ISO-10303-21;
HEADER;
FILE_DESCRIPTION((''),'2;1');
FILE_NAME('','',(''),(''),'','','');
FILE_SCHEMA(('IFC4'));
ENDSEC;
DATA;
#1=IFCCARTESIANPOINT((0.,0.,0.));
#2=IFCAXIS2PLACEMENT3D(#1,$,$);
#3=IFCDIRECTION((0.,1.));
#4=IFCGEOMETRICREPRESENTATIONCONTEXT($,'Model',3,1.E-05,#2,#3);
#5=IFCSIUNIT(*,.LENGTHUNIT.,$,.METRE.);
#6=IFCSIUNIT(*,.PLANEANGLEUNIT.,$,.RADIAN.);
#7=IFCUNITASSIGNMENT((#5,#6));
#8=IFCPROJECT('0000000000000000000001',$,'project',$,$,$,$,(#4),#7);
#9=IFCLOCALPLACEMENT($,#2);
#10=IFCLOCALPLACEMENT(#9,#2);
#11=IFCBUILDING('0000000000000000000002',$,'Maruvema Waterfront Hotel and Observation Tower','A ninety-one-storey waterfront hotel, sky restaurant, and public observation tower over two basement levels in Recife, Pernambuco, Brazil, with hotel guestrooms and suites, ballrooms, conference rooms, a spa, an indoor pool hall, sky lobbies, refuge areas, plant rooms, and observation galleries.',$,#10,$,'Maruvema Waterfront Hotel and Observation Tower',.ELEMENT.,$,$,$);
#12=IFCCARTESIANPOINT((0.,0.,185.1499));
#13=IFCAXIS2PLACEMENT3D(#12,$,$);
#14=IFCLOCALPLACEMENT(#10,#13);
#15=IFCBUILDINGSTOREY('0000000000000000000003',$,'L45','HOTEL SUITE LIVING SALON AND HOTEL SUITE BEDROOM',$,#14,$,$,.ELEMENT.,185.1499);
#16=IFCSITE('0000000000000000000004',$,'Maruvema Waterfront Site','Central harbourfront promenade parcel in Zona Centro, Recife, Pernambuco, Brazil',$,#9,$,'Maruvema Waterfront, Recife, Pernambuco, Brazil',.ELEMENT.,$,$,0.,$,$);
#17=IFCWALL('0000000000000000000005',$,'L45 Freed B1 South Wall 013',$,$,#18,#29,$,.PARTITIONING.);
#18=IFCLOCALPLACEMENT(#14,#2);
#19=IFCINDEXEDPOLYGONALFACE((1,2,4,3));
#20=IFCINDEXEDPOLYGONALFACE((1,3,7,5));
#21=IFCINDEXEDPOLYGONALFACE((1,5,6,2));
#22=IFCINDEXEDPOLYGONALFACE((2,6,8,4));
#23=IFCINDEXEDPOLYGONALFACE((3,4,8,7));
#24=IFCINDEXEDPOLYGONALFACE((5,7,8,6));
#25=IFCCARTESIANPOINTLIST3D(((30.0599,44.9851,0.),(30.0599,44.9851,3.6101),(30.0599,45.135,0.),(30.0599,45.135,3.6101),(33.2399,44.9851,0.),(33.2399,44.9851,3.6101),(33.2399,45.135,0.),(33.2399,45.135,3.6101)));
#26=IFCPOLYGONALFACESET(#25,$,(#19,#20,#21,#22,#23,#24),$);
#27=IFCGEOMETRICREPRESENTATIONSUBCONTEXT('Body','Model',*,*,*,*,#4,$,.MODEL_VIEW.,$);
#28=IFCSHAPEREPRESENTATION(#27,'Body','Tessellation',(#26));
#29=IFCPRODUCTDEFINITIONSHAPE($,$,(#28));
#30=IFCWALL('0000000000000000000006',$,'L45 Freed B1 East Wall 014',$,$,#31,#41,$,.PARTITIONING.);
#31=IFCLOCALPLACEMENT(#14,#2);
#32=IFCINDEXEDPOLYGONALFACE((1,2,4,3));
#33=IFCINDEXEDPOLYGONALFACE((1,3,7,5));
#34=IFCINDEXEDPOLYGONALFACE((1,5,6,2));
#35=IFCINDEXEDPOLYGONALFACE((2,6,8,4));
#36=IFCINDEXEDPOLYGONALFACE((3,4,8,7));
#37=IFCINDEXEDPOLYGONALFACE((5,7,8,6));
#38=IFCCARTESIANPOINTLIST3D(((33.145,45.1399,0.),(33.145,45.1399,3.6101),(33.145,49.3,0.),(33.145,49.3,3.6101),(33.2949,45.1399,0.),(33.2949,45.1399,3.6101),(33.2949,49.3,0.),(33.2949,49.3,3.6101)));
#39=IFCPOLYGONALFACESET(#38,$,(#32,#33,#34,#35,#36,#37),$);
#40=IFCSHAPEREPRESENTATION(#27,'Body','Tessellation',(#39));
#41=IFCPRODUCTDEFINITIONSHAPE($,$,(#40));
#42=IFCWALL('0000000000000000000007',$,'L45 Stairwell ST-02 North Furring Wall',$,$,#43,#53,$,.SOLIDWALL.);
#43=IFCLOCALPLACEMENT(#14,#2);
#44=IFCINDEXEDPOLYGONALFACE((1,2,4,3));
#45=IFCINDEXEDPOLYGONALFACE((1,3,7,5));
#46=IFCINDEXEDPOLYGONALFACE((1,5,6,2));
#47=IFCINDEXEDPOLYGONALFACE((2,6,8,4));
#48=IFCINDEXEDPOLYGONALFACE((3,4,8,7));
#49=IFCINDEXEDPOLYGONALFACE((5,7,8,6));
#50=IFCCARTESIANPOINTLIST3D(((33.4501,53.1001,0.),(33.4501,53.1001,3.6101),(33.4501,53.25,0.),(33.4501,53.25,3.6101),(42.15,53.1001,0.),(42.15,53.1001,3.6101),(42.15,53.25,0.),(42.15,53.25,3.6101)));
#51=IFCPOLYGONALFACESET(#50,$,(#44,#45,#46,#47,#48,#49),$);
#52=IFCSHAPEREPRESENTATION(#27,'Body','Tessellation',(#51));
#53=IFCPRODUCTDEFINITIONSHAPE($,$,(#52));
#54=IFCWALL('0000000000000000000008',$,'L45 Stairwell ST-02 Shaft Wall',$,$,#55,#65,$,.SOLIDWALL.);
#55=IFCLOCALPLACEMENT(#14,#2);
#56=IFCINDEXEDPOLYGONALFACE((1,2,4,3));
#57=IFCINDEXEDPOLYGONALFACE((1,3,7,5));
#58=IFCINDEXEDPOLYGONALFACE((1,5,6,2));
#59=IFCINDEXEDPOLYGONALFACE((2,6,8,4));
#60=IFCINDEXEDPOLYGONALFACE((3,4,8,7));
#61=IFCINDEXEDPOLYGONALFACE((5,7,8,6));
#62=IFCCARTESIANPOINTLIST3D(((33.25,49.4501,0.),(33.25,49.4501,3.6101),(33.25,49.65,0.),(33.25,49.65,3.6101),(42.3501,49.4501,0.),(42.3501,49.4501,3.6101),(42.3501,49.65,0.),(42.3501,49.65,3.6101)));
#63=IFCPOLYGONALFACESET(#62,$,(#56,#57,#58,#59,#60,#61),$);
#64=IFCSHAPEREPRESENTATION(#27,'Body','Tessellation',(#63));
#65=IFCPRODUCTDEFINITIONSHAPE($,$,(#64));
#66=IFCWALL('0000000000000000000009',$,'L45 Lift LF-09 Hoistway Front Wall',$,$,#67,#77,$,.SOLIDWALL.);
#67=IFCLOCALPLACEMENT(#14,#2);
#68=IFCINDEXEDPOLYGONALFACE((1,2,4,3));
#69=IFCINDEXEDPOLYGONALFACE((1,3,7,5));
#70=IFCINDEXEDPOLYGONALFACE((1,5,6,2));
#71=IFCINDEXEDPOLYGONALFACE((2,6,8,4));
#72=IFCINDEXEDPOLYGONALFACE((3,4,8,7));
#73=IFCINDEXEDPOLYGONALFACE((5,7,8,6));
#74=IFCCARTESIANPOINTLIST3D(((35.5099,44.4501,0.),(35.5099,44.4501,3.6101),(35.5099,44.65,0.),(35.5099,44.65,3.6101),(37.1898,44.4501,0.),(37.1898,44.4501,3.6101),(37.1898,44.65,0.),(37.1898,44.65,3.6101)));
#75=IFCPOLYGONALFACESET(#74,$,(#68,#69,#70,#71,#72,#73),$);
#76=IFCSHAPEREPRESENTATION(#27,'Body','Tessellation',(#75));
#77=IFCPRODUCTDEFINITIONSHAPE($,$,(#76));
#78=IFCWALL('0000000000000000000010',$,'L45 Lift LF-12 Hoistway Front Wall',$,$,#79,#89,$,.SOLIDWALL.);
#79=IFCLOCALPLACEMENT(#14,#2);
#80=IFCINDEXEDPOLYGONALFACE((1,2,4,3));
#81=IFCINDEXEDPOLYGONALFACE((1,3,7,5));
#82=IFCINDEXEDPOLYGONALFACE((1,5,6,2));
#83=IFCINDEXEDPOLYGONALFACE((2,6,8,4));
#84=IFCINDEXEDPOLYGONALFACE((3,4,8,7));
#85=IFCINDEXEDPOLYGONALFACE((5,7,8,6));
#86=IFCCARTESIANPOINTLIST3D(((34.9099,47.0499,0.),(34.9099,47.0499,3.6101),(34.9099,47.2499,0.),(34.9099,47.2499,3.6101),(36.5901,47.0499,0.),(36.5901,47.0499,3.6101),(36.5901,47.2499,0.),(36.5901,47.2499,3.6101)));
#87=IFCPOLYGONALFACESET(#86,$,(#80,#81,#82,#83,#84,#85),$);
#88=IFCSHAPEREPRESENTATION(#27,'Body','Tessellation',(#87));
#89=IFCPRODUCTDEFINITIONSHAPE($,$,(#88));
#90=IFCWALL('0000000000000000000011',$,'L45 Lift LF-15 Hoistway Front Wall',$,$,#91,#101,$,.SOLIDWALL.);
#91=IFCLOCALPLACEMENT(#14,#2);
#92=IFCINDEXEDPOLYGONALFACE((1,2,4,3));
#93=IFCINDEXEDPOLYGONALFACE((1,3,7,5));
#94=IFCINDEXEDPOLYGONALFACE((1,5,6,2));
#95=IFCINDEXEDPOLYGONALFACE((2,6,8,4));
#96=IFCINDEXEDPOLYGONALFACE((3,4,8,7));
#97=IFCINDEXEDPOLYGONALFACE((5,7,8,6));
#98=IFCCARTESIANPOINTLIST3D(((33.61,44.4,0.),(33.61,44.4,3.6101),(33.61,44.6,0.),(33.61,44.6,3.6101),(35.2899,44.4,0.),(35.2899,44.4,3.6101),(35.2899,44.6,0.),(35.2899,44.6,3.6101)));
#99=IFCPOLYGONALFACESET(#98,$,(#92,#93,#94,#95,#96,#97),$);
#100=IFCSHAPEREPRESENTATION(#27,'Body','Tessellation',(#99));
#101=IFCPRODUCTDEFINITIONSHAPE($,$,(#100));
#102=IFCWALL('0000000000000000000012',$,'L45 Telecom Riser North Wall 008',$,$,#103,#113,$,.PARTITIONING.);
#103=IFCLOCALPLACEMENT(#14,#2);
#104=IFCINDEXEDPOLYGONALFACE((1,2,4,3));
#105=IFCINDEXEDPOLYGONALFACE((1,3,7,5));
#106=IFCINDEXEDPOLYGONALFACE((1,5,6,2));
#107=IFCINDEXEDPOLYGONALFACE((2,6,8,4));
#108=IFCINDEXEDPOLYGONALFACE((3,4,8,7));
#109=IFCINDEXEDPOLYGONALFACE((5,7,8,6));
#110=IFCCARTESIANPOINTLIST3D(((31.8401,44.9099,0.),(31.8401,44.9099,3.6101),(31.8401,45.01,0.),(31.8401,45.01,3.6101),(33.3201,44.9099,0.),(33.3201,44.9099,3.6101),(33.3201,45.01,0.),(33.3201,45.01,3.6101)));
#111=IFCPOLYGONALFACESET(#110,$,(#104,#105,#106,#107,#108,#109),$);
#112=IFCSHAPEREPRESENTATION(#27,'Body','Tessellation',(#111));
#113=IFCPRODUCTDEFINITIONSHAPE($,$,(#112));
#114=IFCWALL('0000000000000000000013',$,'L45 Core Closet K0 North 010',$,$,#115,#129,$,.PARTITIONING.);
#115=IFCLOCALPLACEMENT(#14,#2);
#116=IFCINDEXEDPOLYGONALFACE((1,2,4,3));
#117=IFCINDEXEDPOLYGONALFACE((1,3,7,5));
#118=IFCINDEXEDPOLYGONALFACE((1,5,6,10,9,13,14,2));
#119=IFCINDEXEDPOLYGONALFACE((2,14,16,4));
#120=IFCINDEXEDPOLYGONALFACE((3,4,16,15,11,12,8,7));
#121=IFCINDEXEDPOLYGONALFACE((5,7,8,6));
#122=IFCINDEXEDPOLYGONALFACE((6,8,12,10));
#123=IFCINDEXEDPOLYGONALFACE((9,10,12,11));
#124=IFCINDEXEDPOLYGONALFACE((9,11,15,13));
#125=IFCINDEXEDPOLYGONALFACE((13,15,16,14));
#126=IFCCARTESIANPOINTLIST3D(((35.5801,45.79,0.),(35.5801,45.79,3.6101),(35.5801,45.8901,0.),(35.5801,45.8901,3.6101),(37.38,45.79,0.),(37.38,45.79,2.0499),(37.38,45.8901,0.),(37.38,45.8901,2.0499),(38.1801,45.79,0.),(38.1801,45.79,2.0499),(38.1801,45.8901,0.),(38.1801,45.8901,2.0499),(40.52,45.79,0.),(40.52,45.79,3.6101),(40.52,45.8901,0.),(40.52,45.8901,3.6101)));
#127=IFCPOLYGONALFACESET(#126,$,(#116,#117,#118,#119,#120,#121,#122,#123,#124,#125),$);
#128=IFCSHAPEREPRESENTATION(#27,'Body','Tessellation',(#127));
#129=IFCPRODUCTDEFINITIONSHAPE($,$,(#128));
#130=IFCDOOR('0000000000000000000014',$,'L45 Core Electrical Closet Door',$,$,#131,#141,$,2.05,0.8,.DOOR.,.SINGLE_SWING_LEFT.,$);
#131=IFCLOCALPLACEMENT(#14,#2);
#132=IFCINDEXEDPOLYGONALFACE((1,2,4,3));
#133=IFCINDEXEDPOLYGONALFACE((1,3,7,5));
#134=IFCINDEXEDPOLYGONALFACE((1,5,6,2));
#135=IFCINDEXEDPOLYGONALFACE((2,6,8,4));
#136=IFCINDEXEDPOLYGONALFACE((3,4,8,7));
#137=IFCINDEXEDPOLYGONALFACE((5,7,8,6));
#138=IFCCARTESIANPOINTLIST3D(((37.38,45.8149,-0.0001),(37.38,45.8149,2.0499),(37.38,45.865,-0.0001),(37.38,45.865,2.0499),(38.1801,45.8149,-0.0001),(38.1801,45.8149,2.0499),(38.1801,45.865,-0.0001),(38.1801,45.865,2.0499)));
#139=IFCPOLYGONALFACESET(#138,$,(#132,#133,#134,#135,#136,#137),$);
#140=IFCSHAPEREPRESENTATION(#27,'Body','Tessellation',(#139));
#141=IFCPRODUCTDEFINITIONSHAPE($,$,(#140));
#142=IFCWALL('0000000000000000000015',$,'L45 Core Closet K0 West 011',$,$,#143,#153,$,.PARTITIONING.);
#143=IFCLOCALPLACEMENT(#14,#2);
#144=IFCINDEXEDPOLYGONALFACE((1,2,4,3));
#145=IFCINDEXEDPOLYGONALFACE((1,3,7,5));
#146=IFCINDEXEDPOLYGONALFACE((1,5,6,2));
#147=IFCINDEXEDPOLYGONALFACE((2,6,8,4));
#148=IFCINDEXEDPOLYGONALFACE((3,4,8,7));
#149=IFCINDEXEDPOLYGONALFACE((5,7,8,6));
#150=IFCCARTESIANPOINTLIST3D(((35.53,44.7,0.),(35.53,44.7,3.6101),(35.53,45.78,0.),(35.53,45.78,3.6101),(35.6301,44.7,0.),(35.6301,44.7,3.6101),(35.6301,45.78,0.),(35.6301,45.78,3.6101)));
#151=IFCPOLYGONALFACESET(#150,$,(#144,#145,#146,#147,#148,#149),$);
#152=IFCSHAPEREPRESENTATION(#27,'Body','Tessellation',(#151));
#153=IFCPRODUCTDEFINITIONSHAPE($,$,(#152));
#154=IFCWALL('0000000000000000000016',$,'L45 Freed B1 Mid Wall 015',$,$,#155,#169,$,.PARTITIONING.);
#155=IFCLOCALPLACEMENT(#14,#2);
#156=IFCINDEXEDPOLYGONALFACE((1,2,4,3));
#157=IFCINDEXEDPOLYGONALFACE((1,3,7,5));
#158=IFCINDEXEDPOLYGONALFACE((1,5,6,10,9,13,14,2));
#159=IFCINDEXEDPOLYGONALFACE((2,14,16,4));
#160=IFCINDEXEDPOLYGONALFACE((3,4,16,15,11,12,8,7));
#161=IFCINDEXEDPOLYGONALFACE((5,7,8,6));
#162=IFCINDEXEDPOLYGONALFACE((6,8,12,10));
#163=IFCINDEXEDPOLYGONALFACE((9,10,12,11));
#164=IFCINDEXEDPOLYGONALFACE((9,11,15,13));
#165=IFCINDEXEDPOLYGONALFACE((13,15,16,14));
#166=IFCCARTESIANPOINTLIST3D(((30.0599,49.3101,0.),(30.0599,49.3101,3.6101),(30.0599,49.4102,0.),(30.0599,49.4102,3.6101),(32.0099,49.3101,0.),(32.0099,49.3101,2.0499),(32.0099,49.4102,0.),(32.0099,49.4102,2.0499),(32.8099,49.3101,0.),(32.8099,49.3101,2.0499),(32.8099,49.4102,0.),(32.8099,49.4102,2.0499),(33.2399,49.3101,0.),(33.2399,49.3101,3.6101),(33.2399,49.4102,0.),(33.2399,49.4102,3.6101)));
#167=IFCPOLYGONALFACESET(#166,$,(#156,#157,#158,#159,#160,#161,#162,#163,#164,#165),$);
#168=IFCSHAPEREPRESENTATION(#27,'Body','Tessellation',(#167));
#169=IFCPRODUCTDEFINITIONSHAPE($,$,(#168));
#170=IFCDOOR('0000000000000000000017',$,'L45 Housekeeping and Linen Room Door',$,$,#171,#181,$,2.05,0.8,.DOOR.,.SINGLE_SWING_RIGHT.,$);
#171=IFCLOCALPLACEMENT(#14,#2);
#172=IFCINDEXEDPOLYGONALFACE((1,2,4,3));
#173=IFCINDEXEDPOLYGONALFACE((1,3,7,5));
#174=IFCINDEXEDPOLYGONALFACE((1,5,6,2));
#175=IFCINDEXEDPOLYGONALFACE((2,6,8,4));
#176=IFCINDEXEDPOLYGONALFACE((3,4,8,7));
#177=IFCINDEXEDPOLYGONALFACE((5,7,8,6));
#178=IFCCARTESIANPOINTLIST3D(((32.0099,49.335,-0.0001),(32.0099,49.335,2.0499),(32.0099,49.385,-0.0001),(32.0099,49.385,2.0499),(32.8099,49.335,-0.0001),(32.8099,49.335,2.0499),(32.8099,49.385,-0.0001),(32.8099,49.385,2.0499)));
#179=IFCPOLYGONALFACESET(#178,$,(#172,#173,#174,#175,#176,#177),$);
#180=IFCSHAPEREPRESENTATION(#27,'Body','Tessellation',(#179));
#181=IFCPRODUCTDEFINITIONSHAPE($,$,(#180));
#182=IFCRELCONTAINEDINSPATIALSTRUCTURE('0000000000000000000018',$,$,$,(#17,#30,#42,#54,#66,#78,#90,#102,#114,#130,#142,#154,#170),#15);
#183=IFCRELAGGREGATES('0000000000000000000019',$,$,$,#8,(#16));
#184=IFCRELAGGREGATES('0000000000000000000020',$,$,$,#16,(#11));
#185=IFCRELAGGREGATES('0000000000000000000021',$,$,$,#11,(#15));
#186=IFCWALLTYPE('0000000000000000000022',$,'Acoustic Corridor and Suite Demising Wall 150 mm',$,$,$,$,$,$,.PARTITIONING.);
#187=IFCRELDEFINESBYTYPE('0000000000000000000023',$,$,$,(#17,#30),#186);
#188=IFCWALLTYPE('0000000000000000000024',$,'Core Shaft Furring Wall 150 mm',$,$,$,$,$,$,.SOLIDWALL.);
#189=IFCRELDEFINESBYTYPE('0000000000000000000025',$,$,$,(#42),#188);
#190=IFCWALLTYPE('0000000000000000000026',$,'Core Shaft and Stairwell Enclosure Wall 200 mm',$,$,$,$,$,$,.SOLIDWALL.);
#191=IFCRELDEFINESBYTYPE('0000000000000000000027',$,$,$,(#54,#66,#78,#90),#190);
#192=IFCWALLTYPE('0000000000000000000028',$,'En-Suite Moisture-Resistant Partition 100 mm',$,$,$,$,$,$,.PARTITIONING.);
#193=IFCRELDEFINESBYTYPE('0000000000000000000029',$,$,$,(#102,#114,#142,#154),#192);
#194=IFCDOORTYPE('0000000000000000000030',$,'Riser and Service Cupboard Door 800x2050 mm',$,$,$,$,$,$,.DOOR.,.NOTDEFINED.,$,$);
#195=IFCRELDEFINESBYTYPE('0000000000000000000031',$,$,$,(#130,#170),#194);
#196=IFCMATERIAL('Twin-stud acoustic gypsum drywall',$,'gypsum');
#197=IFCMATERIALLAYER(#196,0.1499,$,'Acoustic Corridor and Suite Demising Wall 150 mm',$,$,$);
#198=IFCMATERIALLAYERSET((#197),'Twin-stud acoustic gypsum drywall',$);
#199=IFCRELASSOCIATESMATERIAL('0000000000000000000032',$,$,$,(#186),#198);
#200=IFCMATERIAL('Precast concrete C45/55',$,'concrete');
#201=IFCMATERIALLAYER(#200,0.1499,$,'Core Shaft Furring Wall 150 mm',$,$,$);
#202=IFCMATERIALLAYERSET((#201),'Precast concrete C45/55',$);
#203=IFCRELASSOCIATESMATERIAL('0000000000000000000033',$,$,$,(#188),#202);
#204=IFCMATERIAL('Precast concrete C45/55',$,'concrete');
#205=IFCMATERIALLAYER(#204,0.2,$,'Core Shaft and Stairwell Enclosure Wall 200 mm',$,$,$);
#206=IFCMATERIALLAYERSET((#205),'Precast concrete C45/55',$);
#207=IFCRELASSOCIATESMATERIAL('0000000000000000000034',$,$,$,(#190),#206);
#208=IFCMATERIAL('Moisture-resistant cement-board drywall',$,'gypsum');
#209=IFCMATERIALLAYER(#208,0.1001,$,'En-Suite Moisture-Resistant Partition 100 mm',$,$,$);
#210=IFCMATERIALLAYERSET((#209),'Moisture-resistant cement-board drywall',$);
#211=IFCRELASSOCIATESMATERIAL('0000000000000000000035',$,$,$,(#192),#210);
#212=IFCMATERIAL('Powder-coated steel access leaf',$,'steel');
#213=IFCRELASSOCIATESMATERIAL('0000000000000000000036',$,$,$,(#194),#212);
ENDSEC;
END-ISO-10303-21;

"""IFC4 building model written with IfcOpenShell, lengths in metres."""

from ifc_helpers import new_model, si_unit, direction, frame, frame_2d, origin, place, context, subcontext, project, spatial, rectangle, extrude, material, layer, layer_set, type_object, element, fill, save


model = new_model("IFC4")

# Units and contexts
model_context = context("Model", 3, precision=1e-05, world=origin(), true_north=direction((0.0, 1.0)))
body_context = subcontext(model_context, "Body", "Model", "MODEL_VIEW")
ifc_project = project(units=[si_unit("LENGTHUNIT", "METRE"), si_unit("PLANEANGLEUNIT", "RADIAN")], contexts=[model_context])

# Site, building, storey
site_placement = place(None, origin())
site = spatial("IfcSite", under=ifc_project, at=site_placement, Name="Maruvema Waterfront Site", Description="Central harbourfront promenade parcel in Zona Centro, Recife, Pernambuco, Brazil", LongName="Maruvema Waterfront, Recife, Pernambuco, Brazil", CompositionType="ELEMENT", RefElevation=0.0)
building_placement = place(site_placement, origin())
building = spatial("IfcBuilding", under=site, at=building_placement, Name="Maruvema Waterfront Hotel and Observation Tower", Description="A ninety-one-storey waterfront hotel, sky restaurant, and public observation tower over two basement levels in Recife, Pernambuco, Brazil, with hotel guestrooms and suites, ballrooms, conference rooms, a spa, an indoor pool hall, sky lobbies, refuge areas, plant rooms, and observation galleries.", LongName="Maruvema Waterfront Hotel and Observation Tower", CompositionType="ELEMENT")
storey_placement = place(building_placement, frame((0.0, 0.0, 185.1499)))
storey = spatial("IfcBuildingStorey", under=building, at=storey_placement, Name="L45", Description="HOTEL SUITE LIVING SALON AND HOTEL SUITE BEDROOM", CompositionType="ELEMENT", Elevation=185.1499)

# Walls
ifc_material_1 = material(Name="Twin-stud acoustic gypsum drywall", Category="gypsum")
ifc_layer_1 = layer(ifc_material_1, 0.1499, Name="Acoustic Corridor and Suite Demising Wall 150 mm")
ifc_layer_set_1 = layer_set([ifc_layer_1], Name="Twin-stud acoustic gypsum drywall")
wall_type_1 = type_object("IfcWallType", Name="Acoustic Corridor and Suite Demising Wall 150 mm", PredefinedType="PARTITIONING", material=ifc_layer_set_1)
wall_1_placement = place(storey_placement, frame((30.0601, 45.0601, 0.0), z_axis=(0.0, 0.0, 1.0), x_axis=(1.0, 0.0, 0.0)))
element("IfcWall", 1, at=wall_1_placement, inside=storey, type_object=wall_type_1, Name="L45 Freed B1 South Wall 013", PredefinedType="PARTITIONING", context=body_context, shape_type="SweptSolid", body=[
    extrude(rectangle(XDim=3.1799, YDim=0.1499, at=frame_2d((1.5898, 0.0))), origin(), (0.0, 0.0, 1.0), 3.6101),
])
wall_2_placement = place(storey_placement, frame((33.22, 45.1399, 0.0), z_axis=(0.0, 0.0, 1.0), x_axis=(0.0, 1.0, 0.0)))
element("IfcWall", 2, at=wall_2_placement, inside=storey, type_object=wall_type_1, Name="L45 Freed B1 East Wall 014", PredefinedType="PARTITIONING", context=body_context, shape_type="SweptSolid", body=[
    extrude(rectangle(XDim=4.1602, YDim=0.1499, at=frame_2d((2.0801, 0.0))), origin(), (0.0, 0.0, 1.0), 3.6101),
])
ifc_material_2 = material(Name="Precast concrete C45/55", Category="concrete")
ifc_layer_2 = layer(ifc_material_2, 0.1499, Name="Core Shaft Furring Wall 150 mm")
ifc_layer_set_2 = layer_set([ifc_layer_2], Name="Precast concrete C45/55")
wall_type_2 = type_object("IfcWallType", Name="Core Shaft Furring Wall 150 mm", PredefinedType="SOLIDWALL", material=ifc_layer_set_2)
wall_3_placement = place(storey_placement, frame((33.45, 53.175, 0.0), z_axis=(0.0, 0.0, 1.0), x_axis=(1.0, 0.0, 0.0)))
element("IfcWall", 3, at=wall_3_placement, inside=storey, type_object=wall_type_2, Name="L45 Stairwell ST-02 North Furring Wall", PredefinedType="SOLIDWALL", context=body_context, shape_type="SweptSolid", body=[
    extrude(rectangle(XDim=8.7, YDim=0.1499, at=frame_2d((4.3501, 0.0))), origin(), (0.0, 0.0, 1.0), 3.6101),
])
ifc_material_3 = material(Name="Precast concrete C45/55", Category="concrete")
ifc_layer_3 = layer(ifc_material_3, 0.2, Name="Core Shaft and Stairwell Enclosure Wall 200 mm")
ifc_layer_set_3 = layer_set([ifc_layer_3], Name="Precast concrete C45/55")
wall_type_3 = type_object("IfcWallType", Name="Core Shaft and Stairwell Enclosure Wall 200 mm", PredefinedType="SOLIDWALL", material=ifc_layer_set_3)
wall_4_placement = place(storey_placement, frame((33.25, 49.55, 0.0), z_axis=(0.0, 0.0, 1.0), x_axis=(1.0, 0.0, 0.0)))
element("IfcWall", 4, at=wall_4_placement, inside=storey, type_object=wall_type_3, Name="L45 Stairwell ST-02 Shaft Wall", PredefinedType="SOLIDWALL", context=body_context, shape_type="SweptSolid", body=[
    extrude(rectangle(XDim=9.1001, YDim=0.2, at=frame_2d((4.55, 0.0))), origin(), (0.0, 0.0, 1.0), 3.6101),
])

# Walls
wall_5_placement = place(storey_placement, frame((35.51, 44.55, 0.0), z_axis=(0.0, 0.0, 1.0), x_axis=(1.0, 0.0, 0.0)))
element("IfcWall", 5, at=wall_5_placement, inside=storey, type_object=wall_type_3, Name="L45 Lift LF-09 Hoistway Front Wall", PredefinedType="SOLIDWALL", context=body_context, shape_type="SweptSolid", body=[
    extrude(rectangle(XDim=1.6799, YDim=0.2, at=frame_2d((0.8398, 0.0))), origin(), (0.0, 0.0, 1.0), 3.6101),
])
wall_6_placement = place(storey_placement, frame((34.9099, 47.1499, 0.0), z_axis=(0.0, 0.0, 1.0), x_axis=(1.0, 0.0, 0.0)))
element("IfcWall", 6, at=wall_6_placement, inside=storey, type_object=wall_type_3, Name="L45 Lift LF-12 Hoistway Front Wall", PredefinedType="SOLIDWALL", context=body_context, shape_type="SweptSolid", body=[
    extrude(rectangle(XDim=1.6802, YDim=0.2, at=frame_2d((0.8401, 0.0))), origin(), (0.0, 0.0, 1.0), 3.6101),
])
wall_7_placement = place(storey_placement, frame((33.6101, 44.5, 0.0), z_axis=(0.0, 0.0, 1.0), x_axis=(1.0, 0.0, 0.0)))
element("IfcWall", 7, at=wall_7_placement, inside=storey, type_object=wall_type_3, Name="L45 Lift LF-15 Hoistway Front Wall", PredefinedType="SOLIDWALL", context=body_context, shape_type="SweptSolid", body=[
    extrude(rectangle(XDim=1.6799, YDim=0.2, at=frame_2d((0.8398, 0.0))), origin(), (0.0, 0.0, 1.0), 3.6101),
])
ifc_material_4 = material(Name="Moisture-resistant cement-board drywall", Category="gypsum")
ifc_layer_4 = layer(ifc_material_4, 0.1001, Name="En-Suite Moisture-Resistant Partition 100 mm")
ifc_layer_set_4 = layer_set([ifc_layer_4], Name="Moisture-resistant cement-board drywall")
wall_type_4 = type_object("IfcWallType", Name="En-Suite Moisture-Resistant Partition 100 mm", PredefinedType="PARTITIONING", material=ifc_layer_set_4)
wall_8_placement = place(storey_placement, frame((31.8401, 44.96, 0.0), z_axis=(0.0, 0.0, 1.0), x_axis=(1.0, 0.0, 0.0)))
element("IfcWall", 8, at=wall_8_placement, inside=storey, type_object=wall_type_4, Name="L45 Telecom Riser North Wall 008", PredefinedType="PARTITIONING", context=body_context, shape_type="SweptSolid", body=[
    extrude(rectangle(XDim=1.48, YDim=0.1001, at=frame_2d((0.74, 0.0))), origin(), (0.0, 0.0, 1.0), 3.6101),
])

# Wall, opening, door
wall_9_placement = place(storey_placement, frame((35.5801, 45.8401, 0.0), z_axis=(0.0, 0.0, 1.0), x_axis=(1.0, 0.0, 0.0)))
wall_9 = element("IfcWall", 9, at=wall_9_placement, inside=storey, type_object=wall_type_4, Name="L45 Core Closet K0 North 010", PredefinedType="PARTITIONING", context=body_context, shape_type="SweptSolid", body=[
    extrude(rectangle(XDim=4.9399, YDim=0.1001, at=frame_2d((2.47, 0.0))), origin(), (0.0, 0.0, 1.0), 3.6101),
])
opening_1_placement = place(wall_9_placement, frame((1.8, 0.0, 0.0)))
opening_1 = element("IfcOpeningElement", 10, at=opening_1_placement, cuts=wall_9, PredefinedType="OPENING", context=body_context, shape_type="SweptSolid", body=[
    extrude(rectangle(XDim=0.8, YDim=2.05, at=frame_2d((0.3999, 1.0249))), frame((0.0, 0.0601, 0.0), z_axis=(0.0, -1.0, 0.0), x_axis=(1.0, 0.0, 0.0)), (0.0, 0.0, 1.0), 0.1201),
])
ifc_material_5 = material(Name="Powder-coated steel access leaf", Category="steel")
door_type_1 = type_object("IfcDoorType", Name="Riser and Service Cupboard Door 800x2050 mm", OperationType="NOTDEFINED", PredefinedType="DOOR", material=ifc_material_5)
door_1_placement = place(opening_1_placement, origin())
door_1 = element("IfcDoor", 11, at=door_1_placement, inside=storey, type_object=door_type_1, Name="L45 Core Electrical Closet Door", OperationType="SINGLE_SWING_LEFT", OverallHeight=2.05, OverallWidth=0.8, PredefinedType="DOOR", context=body_context, shape_type="SweptSolid", body=[
    extrude(rectangle(XDim=0.8, YDim=2.05, at=frame_2d((0.3999, 1.0249))), frame((0.0, 0.0249, 0.0), z_axis=(0.0, -1.0, 0.0), x_axis=(1.0, 0.0, 0.0)), (0.0, 0.0, 1.0), 0.05),
])
fill(opening_1, door_1)

# Wall
wall_10_placement = place(storey_placement, frame((35.5801, 44.7, 0.0), z_axis=(0.0, 0.0, 1.0), x_axis=(0.0, 1.0, 0.0)))
element("IfcWall", 12, at=wall_10_placement, inside=storey, type_object=wall_type_4, Name="L45 Core Closet K0 West 011", PredefinedType="PARTITIONING", context=body_context, shape_type="SweptSolid", body=[
    extrude(rectangle(XDim=1.0801, YDim=0.1001, at=frame_2d((0.54, 0.0))), origin(), (0.0, 0.0, 1.0), 3.6101),
])

# Wall, opening, door
wall_11_placement = place(storey_placement, frame((30.0601, 49.3601, 0.0), z_axis=(0.0, 0.0, 1.0), x_axis=(1.0, 0.0, 0.0)))
wall_11 = element("IfcWall", 13, at=wall_11_placement, inside=storey, type_object=wall_type_4, Name="L45 Freed B1 Mid Wall 015", PredefinedType="PARTITIONING", context=body_context, shape_type="SweptSolid", body=[
    extrude(rectangle(XDim=3.1799, YDim=0.1001, at=frame_2d((1.5898, 0.0))), origin(), (0.0, 0.0, 1.0), 3.6101),
])
opening_2_placement = place(wall_11_placement, frame((1.95, 0.0, 0.0)))
opening_2 = element("IfcOpeningElement", 14, at=opening_2_placement, cuts=wall_11, PredefinedType="OPENING", context=body_context, shape_type="SweptSolid", body=[
    extrude(rectangle(XDim=0.8, YDim=2.05, at=frame_2d((0.3999, 1.0249))), frame((0.0, 0.0601, 0.0), z_axis=(0.0, -1.0, 0.0), x_axis=(1.0, 0.0, 0.0)), (0.0, 0.0, 1.0), 0.1201),
])
door_2_placement = place(opening_2_placement, origin())
door_2 = element("IfcDoor", 15, at=door_2_placement, inside=storey, type_object=door_type_1, Name="L45 Housekeeping and Linen Room Door", OperationType="SINGLE_SWING_RIGHT", OverallHeight=2.05, OverallWidth=0.8, PredefinedType="DOOR", context=body_context, shape_type="SweptSolid", body=[
    extrude(rectangle(XDim=0.8, YDim=2.05, at=frame_2d((0.3999, 1.0249))), frame((0.0, 0.0249, 0.0), z_axis=(0.0, -1.0, 0.0), x_axis=(1.0, 0.0, 0.0)), (0.0, 0.0, 1.0), 0.05),
])
fill(opening_2, door_2)

save(model, "model.ifc")
